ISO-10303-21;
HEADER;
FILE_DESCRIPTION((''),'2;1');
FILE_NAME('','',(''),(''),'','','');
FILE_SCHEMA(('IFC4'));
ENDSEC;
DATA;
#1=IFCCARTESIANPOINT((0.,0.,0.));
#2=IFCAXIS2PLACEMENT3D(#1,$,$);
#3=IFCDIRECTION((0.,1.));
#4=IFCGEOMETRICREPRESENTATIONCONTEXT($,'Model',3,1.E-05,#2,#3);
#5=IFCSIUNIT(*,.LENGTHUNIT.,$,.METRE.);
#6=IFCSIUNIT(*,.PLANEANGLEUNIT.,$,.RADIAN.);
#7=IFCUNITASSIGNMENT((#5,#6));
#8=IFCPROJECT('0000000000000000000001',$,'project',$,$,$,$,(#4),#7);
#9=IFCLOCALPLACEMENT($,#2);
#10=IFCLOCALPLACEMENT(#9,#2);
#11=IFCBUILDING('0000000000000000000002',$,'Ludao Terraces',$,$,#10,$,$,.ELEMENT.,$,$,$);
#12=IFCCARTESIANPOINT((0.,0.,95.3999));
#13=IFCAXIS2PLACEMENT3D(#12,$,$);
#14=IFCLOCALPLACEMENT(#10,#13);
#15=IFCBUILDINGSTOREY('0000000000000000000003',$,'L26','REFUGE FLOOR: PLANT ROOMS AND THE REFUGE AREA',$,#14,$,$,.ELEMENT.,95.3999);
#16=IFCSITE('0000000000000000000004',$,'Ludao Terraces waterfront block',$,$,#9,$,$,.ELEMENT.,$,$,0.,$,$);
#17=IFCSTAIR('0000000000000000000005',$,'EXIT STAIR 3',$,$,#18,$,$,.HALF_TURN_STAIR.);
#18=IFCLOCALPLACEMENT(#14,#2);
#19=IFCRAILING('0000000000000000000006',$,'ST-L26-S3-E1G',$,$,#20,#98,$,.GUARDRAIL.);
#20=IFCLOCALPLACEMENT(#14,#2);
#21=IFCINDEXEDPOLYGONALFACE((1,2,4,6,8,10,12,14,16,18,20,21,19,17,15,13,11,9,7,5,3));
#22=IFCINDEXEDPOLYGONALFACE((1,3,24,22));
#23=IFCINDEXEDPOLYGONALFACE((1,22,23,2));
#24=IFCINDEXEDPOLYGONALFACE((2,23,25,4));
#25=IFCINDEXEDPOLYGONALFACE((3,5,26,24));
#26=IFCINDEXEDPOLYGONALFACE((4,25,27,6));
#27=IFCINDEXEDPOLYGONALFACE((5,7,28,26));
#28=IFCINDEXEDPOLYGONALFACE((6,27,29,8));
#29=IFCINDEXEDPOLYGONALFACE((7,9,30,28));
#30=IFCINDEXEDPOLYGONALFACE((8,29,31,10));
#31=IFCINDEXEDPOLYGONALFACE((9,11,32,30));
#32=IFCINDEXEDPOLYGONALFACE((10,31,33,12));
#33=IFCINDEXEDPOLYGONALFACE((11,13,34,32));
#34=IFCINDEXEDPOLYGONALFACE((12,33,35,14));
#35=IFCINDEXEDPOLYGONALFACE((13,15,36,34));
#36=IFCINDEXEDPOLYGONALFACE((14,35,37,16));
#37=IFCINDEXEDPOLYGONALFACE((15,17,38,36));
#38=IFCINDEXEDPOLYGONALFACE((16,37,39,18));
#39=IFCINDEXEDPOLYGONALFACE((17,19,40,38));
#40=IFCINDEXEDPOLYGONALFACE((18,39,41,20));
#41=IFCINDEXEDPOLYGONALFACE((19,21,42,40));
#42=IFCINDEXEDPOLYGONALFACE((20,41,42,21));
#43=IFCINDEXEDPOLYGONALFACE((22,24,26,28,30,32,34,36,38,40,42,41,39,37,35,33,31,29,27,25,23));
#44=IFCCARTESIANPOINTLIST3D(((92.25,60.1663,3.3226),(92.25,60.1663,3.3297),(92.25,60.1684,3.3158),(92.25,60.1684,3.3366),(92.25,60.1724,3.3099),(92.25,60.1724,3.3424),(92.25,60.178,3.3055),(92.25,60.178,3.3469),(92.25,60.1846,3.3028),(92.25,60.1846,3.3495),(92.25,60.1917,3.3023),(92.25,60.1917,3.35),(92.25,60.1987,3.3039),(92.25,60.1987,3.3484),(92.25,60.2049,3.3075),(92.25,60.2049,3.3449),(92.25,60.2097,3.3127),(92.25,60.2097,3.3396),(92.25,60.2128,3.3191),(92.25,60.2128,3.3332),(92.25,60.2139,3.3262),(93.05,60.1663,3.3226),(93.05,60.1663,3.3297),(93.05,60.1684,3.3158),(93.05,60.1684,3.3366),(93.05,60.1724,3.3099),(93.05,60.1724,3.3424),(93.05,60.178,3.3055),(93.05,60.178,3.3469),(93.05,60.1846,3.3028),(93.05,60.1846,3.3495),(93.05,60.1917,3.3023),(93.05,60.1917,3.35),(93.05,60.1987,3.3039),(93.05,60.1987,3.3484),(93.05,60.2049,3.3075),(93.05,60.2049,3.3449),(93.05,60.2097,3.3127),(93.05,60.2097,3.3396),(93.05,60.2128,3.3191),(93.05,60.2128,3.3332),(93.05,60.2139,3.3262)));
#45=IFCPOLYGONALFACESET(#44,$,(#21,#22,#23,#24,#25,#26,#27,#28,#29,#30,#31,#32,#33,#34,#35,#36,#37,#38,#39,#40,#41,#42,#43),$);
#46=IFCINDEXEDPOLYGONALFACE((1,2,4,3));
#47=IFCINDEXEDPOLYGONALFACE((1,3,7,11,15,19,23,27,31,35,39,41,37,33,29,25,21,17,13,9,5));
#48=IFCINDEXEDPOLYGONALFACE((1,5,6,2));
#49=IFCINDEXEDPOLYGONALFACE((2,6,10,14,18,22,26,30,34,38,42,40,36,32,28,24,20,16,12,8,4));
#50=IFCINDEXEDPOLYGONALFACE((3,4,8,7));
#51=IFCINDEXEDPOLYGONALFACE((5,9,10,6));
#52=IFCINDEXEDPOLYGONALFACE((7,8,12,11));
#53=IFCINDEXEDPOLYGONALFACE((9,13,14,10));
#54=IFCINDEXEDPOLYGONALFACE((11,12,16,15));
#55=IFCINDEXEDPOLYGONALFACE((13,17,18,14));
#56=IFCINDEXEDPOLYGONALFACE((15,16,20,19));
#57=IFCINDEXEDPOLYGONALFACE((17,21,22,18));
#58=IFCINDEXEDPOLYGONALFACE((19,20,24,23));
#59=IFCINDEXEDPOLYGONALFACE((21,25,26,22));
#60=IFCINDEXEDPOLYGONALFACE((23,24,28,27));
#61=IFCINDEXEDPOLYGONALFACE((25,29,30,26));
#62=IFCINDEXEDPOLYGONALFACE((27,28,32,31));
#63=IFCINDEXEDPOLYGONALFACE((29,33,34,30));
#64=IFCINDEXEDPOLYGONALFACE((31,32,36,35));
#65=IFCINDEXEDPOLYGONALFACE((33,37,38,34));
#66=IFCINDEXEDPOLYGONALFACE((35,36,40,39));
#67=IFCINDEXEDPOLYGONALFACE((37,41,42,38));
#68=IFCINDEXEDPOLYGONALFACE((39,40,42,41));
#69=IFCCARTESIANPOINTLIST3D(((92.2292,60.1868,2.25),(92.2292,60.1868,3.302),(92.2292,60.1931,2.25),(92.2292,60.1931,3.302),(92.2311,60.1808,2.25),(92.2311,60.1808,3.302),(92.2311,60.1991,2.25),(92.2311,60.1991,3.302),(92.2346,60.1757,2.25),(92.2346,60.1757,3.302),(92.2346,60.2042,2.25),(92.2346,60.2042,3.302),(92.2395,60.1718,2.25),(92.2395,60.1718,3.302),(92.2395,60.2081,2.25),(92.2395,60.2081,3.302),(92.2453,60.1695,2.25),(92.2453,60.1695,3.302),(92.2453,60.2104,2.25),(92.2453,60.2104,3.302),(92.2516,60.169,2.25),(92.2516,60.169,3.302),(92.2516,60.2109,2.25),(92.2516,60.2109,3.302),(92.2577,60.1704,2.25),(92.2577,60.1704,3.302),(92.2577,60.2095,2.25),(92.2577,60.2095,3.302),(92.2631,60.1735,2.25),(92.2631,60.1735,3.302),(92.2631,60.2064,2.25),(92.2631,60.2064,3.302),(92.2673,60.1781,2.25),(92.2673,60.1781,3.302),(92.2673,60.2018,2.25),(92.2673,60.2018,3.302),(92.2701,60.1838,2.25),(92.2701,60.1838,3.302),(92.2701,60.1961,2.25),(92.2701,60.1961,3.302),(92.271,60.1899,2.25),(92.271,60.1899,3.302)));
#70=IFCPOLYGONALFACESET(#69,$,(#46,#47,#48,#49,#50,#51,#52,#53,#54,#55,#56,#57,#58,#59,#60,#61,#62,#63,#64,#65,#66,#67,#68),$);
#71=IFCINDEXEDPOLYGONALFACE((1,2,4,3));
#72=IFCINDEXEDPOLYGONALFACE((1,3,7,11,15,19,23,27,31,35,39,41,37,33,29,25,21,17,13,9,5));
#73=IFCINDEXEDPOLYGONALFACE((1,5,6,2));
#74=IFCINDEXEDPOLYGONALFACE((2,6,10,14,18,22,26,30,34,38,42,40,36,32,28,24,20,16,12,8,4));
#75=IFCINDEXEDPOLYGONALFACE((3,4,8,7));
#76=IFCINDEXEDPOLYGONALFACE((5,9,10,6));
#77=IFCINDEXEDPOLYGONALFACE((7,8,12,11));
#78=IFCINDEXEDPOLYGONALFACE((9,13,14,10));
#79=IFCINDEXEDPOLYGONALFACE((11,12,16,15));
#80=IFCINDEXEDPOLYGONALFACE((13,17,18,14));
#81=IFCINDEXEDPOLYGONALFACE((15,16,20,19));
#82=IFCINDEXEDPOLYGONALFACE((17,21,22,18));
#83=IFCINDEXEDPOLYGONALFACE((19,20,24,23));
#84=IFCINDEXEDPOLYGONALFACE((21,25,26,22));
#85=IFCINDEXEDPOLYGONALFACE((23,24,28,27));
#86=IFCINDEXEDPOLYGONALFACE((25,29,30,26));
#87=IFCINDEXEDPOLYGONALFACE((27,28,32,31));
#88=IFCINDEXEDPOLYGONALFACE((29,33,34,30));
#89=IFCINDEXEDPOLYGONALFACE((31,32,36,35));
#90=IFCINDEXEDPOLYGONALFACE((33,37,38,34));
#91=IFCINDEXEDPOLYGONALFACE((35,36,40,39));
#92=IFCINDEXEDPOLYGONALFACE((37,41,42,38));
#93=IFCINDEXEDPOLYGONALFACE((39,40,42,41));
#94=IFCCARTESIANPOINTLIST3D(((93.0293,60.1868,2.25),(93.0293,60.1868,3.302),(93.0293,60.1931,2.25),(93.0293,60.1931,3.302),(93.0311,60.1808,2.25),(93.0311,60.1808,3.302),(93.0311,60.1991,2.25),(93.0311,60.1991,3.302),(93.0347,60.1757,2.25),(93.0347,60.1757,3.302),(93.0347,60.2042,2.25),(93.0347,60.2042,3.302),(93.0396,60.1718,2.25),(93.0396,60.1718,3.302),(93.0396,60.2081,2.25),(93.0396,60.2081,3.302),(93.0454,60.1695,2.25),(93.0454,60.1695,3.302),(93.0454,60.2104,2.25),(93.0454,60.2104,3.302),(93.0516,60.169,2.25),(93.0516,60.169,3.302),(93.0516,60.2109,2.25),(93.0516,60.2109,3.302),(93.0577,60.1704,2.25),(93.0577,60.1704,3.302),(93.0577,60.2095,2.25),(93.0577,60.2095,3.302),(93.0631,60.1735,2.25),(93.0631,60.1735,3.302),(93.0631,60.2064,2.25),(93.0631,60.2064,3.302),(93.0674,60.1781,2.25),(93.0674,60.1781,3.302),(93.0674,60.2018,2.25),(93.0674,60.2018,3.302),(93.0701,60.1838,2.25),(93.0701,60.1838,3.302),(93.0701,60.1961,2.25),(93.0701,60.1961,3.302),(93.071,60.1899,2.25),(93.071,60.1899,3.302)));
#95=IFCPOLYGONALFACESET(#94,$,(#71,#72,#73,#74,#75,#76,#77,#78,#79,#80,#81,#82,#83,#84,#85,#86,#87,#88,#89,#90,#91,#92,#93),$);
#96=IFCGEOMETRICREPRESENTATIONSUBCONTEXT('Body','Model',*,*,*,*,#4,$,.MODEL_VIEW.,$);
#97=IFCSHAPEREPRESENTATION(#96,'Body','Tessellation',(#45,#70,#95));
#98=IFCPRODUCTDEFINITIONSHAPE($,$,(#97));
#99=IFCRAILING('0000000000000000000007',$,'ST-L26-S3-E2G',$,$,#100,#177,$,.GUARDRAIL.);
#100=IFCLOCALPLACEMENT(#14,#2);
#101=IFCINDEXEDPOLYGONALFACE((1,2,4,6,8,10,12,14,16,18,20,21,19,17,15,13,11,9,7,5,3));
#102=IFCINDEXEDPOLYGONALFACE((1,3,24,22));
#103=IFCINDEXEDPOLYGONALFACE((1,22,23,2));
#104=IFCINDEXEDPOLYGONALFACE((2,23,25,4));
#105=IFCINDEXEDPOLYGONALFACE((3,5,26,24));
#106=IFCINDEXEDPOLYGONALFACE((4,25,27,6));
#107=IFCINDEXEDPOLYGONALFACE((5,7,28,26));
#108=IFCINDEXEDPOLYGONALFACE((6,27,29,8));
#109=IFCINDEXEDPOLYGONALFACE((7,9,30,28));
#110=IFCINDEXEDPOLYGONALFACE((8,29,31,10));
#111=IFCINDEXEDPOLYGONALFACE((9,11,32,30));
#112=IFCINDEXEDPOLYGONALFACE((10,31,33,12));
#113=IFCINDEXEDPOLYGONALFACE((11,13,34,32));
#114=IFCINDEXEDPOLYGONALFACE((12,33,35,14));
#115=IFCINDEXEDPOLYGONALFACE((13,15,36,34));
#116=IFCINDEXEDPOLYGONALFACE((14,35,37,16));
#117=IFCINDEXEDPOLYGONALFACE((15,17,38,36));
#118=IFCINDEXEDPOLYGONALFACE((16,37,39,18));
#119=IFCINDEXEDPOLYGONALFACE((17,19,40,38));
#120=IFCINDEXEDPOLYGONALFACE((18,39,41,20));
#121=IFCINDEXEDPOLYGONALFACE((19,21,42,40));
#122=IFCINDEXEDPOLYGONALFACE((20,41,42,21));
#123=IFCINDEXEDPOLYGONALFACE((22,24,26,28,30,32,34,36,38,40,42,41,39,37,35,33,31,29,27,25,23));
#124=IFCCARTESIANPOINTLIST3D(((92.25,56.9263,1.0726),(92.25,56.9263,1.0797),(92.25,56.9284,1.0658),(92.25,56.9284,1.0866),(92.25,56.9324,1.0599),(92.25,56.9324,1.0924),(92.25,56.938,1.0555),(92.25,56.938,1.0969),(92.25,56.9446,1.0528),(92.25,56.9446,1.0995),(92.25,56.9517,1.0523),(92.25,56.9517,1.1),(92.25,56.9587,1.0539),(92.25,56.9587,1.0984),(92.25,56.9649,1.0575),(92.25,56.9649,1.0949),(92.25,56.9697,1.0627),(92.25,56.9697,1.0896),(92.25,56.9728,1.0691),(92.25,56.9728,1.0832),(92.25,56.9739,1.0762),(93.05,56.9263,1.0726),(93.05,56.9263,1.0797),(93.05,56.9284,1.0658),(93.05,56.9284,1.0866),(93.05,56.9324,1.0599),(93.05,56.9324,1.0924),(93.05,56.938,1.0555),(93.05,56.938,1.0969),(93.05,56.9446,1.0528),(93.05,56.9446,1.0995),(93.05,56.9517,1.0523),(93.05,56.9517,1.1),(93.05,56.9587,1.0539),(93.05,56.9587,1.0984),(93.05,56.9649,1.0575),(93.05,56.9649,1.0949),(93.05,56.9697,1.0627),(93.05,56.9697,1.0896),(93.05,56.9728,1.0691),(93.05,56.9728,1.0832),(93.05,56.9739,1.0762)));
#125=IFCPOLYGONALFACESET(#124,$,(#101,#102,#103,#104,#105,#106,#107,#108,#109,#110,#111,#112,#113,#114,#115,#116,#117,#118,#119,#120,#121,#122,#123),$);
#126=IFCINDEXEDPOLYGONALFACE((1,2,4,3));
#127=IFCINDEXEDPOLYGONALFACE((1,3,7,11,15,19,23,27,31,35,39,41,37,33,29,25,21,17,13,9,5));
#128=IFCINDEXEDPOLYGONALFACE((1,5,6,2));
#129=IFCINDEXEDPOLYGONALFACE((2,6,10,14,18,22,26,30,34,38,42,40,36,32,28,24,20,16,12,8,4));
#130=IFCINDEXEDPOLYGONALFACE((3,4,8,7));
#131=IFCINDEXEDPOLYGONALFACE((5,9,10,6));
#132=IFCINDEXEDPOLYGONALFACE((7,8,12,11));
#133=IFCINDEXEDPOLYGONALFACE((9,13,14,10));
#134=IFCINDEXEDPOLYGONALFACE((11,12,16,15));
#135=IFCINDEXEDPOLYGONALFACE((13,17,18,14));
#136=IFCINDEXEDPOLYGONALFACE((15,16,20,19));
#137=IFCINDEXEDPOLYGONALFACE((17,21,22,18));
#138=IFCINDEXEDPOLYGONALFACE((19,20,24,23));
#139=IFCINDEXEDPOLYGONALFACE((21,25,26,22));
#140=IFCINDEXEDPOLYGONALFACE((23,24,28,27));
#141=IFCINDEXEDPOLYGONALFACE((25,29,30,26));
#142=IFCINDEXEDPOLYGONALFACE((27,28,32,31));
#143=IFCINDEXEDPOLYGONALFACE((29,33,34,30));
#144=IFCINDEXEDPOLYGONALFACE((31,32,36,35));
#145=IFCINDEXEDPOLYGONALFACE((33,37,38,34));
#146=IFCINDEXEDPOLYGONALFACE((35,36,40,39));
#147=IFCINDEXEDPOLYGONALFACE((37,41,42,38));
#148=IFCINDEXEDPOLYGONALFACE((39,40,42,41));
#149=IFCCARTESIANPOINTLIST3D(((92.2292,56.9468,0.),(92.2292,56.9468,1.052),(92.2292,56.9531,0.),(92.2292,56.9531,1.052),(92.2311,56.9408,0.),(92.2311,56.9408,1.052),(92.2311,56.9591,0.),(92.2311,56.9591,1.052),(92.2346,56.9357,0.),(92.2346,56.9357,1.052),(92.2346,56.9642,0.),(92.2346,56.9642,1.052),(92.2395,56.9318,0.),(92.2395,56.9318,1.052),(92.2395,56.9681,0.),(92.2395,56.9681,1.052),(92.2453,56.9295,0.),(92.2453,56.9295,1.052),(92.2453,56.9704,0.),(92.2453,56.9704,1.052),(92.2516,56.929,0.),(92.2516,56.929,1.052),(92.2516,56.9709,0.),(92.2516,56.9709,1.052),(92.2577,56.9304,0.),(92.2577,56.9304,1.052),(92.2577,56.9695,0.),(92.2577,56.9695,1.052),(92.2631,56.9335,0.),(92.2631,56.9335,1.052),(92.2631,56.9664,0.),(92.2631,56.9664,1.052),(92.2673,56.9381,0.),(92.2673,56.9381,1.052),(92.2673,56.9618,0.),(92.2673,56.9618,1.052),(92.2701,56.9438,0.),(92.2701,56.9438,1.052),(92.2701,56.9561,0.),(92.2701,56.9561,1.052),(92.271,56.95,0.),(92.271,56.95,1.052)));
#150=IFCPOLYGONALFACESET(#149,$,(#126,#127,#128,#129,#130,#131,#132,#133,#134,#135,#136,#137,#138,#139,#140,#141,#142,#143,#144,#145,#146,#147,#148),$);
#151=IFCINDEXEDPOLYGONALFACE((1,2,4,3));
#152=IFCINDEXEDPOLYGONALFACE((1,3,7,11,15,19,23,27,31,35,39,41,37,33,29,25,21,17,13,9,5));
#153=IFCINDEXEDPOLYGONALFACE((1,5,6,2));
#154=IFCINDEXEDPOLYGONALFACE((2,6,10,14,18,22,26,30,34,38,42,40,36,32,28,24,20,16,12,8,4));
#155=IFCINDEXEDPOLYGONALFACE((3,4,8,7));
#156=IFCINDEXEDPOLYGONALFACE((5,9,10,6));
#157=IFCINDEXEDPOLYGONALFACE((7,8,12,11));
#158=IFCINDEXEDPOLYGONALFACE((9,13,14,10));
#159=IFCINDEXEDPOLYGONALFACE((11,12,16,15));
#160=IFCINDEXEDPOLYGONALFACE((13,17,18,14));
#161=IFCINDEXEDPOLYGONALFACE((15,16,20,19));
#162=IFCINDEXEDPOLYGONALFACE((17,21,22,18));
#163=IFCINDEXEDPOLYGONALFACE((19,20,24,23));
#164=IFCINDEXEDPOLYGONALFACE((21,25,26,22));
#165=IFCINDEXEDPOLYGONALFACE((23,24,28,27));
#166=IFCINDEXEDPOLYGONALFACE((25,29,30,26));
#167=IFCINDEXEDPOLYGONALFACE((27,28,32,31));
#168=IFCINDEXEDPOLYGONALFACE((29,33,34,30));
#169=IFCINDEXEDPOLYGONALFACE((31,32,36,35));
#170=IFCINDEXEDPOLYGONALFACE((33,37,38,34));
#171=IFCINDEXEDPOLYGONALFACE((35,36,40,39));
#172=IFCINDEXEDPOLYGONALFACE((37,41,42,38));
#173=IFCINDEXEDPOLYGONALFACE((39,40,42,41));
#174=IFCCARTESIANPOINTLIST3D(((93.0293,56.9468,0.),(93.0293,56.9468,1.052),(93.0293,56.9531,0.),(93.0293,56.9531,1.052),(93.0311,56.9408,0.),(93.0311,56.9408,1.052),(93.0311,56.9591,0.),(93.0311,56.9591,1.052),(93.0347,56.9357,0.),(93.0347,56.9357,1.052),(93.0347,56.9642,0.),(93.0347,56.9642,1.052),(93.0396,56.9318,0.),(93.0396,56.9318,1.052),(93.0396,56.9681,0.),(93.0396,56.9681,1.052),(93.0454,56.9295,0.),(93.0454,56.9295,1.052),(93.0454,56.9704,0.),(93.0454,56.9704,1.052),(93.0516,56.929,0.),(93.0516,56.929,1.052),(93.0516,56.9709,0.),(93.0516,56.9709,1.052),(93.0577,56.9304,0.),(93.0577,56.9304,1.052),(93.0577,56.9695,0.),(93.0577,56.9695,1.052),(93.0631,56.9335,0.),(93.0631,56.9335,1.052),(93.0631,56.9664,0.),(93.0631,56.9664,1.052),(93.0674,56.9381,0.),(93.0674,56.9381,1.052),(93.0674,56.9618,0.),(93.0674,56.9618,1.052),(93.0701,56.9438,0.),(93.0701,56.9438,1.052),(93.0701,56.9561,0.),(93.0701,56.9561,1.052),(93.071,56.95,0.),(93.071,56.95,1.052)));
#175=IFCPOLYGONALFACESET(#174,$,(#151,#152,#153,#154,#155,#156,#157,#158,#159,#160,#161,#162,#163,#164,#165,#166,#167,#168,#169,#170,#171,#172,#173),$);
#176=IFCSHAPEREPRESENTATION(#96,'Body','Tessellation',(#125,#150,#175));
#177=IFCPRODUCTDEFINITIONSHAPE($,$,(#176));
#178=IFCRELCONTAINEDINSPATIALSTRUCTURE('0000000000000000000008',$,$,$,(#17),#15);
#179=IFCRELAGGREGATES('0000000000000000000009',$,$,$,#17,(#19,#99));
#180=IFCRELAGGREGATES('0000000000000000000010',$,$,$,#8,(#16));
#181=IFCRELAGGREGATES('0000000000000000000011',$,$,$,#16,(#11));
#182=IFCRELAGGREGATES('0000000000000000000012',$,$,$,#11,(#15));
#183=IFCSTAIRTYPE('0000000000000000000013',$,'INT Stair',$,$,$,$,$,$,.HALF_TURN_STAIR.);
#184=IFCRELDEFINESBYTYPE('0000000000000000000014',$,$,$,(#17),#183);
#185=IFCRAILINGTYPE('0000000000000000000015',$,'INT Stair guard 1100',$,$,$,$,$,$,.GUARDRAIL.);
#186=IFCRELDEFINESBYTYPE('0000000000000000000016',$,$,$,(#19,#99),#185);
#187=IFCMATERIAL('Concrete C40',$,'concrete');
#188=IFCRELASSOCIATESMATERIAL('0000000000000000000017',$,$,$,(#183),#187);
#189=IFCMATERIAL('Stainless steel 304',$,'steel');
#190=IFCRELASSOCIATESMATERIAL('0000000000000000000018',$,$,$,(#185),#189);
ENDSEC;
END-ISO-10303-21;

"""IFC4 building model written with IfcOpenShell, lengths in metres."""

from ifc_helpers import new_model, si_unit, direction, frame, origin, origin_2d, place, context, subcontext, project, spatial, circle, extrude, material, type_object, element, aggregate, save


model = new_model("IFC4")

# Units and contexts
model_context = context("Model", 3, precision=1e-05, world=origin(), true_north=direction((0.0, 1.0)))
body_context = subcontext(model_context, "Body", "Model", "MODEL_VIEW")
ifc_project = project(units=[si_unit("LENGTHUNIT", "METRE"), si_unit("PLANEANGLEUNIT", "RADIAN")], contexts=[model_context])

# Site, building, storey
site_placement = place(None, origin())
site = spatial("IfcSite", under=ifc_project, at=site_placement, Name="Ludao Terraces waterfront block", CompositionType="ELEMENT", RefElevation=0.0)
building_placement = place(site_placement, origin())
building = spatial("IfcBuilding", under=site, at=building_placement, Name="Ludao Terraces", CompositionType="ELEMENT")
storey_placement = place(building_placement, frame((0.0, 0.0, 95.3999)))
storey = spatial("IfcBuildingStorey", under=building, at=storey_placement, Name="L26", Description="REFUGE FLOOR: PLANT ROOMS AND THE REFUGE AREA", CompositionType="ELEMENT", Elevation=95.3999)

# Stair, railings
ifc_material_1 = material(Name="Concrete C40", Category="concrete")
stair_type = type_object("IfcStairType", Name="INT Stair", PredefinedType="HALF_TURN_STAIR", material=ifc_material_1)
stair_placement = place(storey_placement, origin())
stair = element("IfcStair", 1, at=stair_placement, inside=storey, type_object=stair_type, Name="EXIT STAIR 3", PredefinedType="HALF_TURN_STAIR")
ifc_material_2 = material(Name="Stainless steel 304", Category="steel")
railing_type_1 = type_object("IfcRailingType", Name="INT Stair guard 1100", PredefinedType="GUARDRAIL", material=ifc_material_2)
railing_1_placement = place(storey_placement, frame((92.25, 60.1899, 2.25)))
railing_1 = element("IfcRailing", 2, at=railing_1_placement, type_object=railing_type_1, Name="ST-L26-S3-E1G", PredefinedType="GUARDRAIL", context=body_context, shape_type="SweptSolid", body=[
    extrude(circle(Radius=0.0239, at=origin_2d()), frame((0.0, 0.0, 1.0762), z_axis=(1.0, 0.0, 0.0), x_axis=(0.0, 1.0, 0.0)), (0.0, 0.0, 1.0), 0.8),
    extrude(circle(Radius=0.021, at=origin_2d()), origin(), (0.0, 0.0, 1.0), 1.052),
    extrude(circle(Radius=0.021, at=origin_2d()), frame((0.8, 0.0, 0.0)), (0.0, 0.0, 1.0), 1.052),
])
railing_2_placement = place(storey_placement, frame((92.25, 56.95, 0.0)))
railing_2 = element("IfcRailing", 3, at=railing_2_placement, type_object=railing_type_1, Name="ST-L26-S3-E2G", PredefinedType="GUARDRAIL", context=body_context, shape_type="SweptSolid", body=[
    extrude(circle(Radius=0.0239, at=origin_2d()), frame((0.0, 0.0, 1.0762), z_axis=(1.0, 0.0, 0.0), x_axis=(0.0, 1.0, 0.0)), (0.0, 0.0, 1.0), 0.8),
    extrude(circle(Radius=0.021, at=origin_2d()), origin(), (0.0, 0.0, 1.0), 1.052),
    extrude(circle(Radius=0.021, at=origin_2d()), frame((0.8, 0.0, 0.0)), (0.0, 0.0, 1.0), 1.052),
])
aggregate(stair, [railing_1, railing_2])

save(model, "model.ifc")
